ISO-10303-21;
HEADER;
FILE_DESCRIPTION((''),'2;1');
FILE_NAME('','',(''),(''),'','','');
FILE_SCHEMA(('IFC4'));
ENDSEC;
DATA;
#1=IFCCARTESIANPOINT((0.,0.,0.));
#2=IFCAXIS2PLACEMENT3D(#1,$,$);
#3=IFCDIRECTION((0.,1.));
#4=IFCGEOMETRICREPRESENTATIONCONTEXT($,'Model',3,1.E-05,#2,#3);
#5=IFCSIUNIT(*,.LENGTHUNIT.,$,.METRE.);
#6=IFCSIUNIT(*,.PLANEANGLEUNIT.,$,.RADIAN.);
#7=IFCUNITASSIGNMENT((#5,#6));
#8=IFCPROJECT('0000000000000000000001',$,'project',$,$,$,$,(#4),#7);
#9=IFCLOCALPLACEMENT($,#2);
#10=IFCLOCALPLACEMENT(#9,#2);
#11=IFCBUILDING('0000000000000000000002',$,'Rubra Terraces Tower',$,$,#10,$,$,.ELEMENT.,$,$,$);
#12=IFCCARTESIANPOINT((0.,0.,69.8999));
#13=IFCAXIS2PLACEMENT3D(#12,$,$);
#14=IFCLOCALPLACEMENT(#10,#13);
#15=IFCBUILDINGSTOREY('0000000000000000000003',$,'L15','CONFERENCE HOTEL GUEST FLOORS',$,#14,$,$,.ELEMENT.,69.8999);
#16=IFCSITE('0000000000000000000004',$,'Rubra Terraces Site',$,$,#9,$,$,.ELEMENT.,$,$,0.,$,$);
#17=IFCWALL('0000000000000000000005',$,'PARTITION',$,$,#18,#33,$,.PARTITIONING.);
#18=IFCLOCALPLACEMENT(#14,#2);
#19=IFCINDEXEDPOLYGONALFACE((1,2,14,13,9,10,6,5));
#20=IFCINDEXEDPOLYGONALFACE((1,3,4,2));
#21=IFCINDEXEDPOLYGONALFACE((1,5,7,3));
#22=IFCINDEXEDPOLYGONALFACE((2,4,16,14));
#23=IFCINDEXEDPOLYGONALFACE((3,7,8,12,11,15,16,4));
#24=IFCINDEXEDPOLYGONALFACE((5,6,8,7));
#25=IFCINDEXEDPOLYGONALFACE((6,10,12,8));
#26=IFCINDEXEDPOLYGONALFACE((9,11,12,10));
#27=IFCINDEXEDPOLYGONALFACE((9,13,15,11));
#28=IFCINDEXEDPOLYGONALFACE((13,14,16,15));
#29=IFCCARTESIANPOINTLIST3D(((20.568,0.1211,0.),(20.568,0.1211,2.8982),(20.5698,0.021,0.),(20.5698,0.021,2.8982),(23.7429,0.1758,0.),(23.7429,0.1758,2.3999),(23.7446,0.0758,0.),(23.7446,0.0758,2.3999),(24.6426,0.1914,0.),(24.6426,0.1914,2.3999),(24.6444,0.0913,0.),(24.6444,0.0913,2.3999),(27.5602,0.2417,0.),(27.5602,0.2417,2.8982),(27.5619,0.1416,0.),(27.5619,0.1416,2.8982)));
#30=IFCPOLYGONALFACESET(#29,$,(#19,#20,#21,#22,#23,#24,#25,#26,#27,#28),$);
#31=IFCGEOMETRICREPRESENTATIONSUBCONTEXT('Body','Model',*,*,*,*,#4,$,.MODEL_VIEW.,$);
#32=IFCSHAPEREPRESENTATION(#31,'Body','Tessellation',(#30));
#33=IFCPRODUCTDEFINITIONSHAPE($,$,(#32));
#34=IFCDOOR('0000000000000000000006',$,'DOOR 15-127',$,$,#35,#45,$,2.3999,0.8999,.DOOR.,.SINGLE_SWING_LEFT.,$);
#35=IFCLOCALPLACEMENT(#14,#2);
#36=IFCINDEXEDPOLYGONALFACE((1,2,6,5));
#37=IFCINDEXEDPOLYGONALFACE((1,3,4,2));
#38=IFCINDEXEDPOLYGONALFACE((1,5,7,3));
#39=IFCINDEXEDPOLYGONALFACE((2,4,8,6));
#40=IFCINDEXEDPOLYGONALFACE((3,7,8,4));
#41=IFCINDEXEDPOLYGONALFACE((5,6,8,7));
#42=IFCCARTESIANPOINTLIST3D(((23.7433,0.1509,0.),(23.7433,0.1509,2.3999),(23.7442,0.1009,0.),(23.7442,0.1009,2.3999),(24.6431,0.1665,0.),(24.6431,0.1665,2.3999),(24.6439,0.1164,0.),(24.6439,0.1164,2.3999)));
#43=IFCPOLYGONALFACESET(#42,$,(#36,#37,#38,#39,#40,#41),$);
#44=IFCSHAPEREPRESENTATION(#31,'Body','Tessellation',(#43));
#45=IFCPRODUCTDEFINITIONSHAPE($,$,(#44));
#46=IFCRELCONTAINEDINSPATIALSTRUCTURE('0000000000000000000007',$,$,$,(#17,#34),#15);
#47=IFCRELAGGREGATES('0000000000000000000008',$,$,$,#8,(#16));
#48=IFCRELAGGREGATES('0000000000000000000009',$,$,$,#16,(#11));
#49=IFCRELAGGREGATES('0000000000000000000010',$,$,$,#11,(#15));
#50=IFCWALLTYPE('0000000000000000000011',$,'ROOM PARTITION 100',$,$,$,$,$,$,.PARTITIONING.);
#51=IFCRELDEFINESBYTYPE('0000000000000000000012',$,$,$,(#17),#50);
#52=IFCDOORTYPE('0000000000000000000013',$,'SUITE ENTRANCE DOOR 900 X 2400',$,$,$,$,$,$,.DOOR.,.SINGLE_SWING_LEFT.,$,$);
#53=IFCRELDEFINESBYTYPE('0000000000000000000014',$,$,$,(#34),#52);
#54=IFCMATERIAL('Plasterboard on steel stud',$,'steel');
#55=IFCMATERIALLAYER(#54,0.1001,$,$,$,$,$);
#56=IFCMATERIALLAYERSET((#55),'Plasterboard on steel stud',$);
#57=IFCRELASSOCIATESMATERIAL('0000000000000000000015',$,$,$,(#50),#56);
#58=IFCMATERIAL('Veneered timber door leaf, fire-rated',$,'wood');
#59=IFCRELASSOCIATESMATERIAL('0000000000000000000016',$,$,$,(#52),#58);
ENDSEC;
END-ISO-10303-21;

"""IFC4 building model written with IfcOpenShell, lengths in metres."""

from ifc_helpers import new_model, si_unit, direction, frame, frame_2d, origin, place, context, subcontext, project, spatial, rectangle, extrude, material, layer, layer_set, type_object, element, fill, save


model = new_model("IFC4")

# Units and contexts
model_context = context("Model", 3, precision=1e-05, world=origin(), true_north=direction((0.0, 1.0)))
body_context = subcontext(model_context, "Body", "Model", "MODEL_VIEW")
ifc_project = project(units=[si_unit("LENGTHUNIT", "METRE"), si_unit("PLANEANGLEUNIT", "RADIAN")], contexts=[model_context])

# Site, building, storey
site_placement = place(None, origin())
site = spatial("IfcSite", under=ifc_project, at=site_placement, Name="Rubra Terraces Site", CompositionType="ELEMENT", RefElevation=0.0)
building_placement = place(site_placement, origin())
building = spatial("IfcBuilding", under=site, at=building_placement, Name="Rubra Terraces Tower", CompositionType="ELEMENT")
storey_placement = place(building_placement, frame((0.0, 0.0, 69.8999)))
storey = spatial("IfcBuildingStorey", under=building, at=storey_placement, Name="L15", Description="CONFERENCE HOTEL GUEST FLOORS", CompositionType="ELEMENT", Elevation=69.8999)

# Wall, opening, door
ifc_material_1 = material(Name="Plasterboard on steel stud", Category="steel")
ifc_layer_1 = layer(ifc_material_1, 0.1001)
ifc_layer_set_1 = layer_set([ifc_layer_1], Name="Plasterboard on steel stud")
wall_type_1 = type_object("IfcWallType", Name="ROOM PARTITION 100", PredefinedType="PARTITIONING", material=ifc_layer_set_1)
wall_1_placement = place(storey_placement, frame((27.561, 0.1917, 0.0), z_axis=(0.0, 0.0, 1.0), x_axis=(-0.999851, -0.017246, 0.0)))
wall_1 = element("IfcWall", 1, at=wall_1_placement, inside=storey, type_object=wall_type_1, Name="PARTITION", PredefinedType="PARTITIONING", context=body_context, shape_type="SweptSolid", body=[
    extrude(rectangle(XDim=6.9932, YDim=0.1001, at=frame_2d((3.4966, 0.0))), origin(), (0.0, 0.0, 1.0), 2.8982),
])
opening_1_placement = place(wall_1_placement, frame((2.918, 0.0, 0.0)))
opening_1 = element("IfcOpeningElement", 2, at=opening_1_placement, cuts=wall_1, PredefinedType="OPENING", context=body_context, shape_type="SweptSolid", body=[
    extrude(rectangle(XDim=0.8999, YDim=2.3999, at=frame_2d((0.45, 1.2))), frame((0.0, 0.0601, 0.0), z_axis=(0.0, -1.0, 0.0), x_axis=(1.0, 0.0, 0.0)), (0.0, 0.0, 1.0), 0.1201),
])
ifc_material_2 = material(Name="Veneered timber door leaf, fire-rated", Category="wood")
door_type_1 = type_object("IfcDoorType", Name="SUITE ENTRANCE DOOR 900 X 2400", OperationType="SINGLE_SWING_LEFT", PredefinedType="DOOR", material=ifc_material_2)
door_1_placement = place(opening_1_placement, origin())
door_1 = element("IfcDoor", 3, at=door_1_placement, inside=storey, type_object=door_type_1, Name="DOOR 15-127", OperationType="SINGLE_SWING_LEFT", OverallHeight=2.3999, OverallWidth=0.8999, PredefinedType="DOOR", context=body_context, shape_type="SweptSolid", body=[
    extrude(rectangle(XDim=0.8999, YDim=2.3999, at=frame_2d((0.45, 1.2))), frame((0.0, 0.0249, 0.0), z_axis=(0.0, -1.0, 0.0), x_axis=(1.0, 0.0, 0.0)), (0.0, 0.0, 1.0), 0.05),
])
fill(opening_1, door_1)

save(model, "model.ifc")
